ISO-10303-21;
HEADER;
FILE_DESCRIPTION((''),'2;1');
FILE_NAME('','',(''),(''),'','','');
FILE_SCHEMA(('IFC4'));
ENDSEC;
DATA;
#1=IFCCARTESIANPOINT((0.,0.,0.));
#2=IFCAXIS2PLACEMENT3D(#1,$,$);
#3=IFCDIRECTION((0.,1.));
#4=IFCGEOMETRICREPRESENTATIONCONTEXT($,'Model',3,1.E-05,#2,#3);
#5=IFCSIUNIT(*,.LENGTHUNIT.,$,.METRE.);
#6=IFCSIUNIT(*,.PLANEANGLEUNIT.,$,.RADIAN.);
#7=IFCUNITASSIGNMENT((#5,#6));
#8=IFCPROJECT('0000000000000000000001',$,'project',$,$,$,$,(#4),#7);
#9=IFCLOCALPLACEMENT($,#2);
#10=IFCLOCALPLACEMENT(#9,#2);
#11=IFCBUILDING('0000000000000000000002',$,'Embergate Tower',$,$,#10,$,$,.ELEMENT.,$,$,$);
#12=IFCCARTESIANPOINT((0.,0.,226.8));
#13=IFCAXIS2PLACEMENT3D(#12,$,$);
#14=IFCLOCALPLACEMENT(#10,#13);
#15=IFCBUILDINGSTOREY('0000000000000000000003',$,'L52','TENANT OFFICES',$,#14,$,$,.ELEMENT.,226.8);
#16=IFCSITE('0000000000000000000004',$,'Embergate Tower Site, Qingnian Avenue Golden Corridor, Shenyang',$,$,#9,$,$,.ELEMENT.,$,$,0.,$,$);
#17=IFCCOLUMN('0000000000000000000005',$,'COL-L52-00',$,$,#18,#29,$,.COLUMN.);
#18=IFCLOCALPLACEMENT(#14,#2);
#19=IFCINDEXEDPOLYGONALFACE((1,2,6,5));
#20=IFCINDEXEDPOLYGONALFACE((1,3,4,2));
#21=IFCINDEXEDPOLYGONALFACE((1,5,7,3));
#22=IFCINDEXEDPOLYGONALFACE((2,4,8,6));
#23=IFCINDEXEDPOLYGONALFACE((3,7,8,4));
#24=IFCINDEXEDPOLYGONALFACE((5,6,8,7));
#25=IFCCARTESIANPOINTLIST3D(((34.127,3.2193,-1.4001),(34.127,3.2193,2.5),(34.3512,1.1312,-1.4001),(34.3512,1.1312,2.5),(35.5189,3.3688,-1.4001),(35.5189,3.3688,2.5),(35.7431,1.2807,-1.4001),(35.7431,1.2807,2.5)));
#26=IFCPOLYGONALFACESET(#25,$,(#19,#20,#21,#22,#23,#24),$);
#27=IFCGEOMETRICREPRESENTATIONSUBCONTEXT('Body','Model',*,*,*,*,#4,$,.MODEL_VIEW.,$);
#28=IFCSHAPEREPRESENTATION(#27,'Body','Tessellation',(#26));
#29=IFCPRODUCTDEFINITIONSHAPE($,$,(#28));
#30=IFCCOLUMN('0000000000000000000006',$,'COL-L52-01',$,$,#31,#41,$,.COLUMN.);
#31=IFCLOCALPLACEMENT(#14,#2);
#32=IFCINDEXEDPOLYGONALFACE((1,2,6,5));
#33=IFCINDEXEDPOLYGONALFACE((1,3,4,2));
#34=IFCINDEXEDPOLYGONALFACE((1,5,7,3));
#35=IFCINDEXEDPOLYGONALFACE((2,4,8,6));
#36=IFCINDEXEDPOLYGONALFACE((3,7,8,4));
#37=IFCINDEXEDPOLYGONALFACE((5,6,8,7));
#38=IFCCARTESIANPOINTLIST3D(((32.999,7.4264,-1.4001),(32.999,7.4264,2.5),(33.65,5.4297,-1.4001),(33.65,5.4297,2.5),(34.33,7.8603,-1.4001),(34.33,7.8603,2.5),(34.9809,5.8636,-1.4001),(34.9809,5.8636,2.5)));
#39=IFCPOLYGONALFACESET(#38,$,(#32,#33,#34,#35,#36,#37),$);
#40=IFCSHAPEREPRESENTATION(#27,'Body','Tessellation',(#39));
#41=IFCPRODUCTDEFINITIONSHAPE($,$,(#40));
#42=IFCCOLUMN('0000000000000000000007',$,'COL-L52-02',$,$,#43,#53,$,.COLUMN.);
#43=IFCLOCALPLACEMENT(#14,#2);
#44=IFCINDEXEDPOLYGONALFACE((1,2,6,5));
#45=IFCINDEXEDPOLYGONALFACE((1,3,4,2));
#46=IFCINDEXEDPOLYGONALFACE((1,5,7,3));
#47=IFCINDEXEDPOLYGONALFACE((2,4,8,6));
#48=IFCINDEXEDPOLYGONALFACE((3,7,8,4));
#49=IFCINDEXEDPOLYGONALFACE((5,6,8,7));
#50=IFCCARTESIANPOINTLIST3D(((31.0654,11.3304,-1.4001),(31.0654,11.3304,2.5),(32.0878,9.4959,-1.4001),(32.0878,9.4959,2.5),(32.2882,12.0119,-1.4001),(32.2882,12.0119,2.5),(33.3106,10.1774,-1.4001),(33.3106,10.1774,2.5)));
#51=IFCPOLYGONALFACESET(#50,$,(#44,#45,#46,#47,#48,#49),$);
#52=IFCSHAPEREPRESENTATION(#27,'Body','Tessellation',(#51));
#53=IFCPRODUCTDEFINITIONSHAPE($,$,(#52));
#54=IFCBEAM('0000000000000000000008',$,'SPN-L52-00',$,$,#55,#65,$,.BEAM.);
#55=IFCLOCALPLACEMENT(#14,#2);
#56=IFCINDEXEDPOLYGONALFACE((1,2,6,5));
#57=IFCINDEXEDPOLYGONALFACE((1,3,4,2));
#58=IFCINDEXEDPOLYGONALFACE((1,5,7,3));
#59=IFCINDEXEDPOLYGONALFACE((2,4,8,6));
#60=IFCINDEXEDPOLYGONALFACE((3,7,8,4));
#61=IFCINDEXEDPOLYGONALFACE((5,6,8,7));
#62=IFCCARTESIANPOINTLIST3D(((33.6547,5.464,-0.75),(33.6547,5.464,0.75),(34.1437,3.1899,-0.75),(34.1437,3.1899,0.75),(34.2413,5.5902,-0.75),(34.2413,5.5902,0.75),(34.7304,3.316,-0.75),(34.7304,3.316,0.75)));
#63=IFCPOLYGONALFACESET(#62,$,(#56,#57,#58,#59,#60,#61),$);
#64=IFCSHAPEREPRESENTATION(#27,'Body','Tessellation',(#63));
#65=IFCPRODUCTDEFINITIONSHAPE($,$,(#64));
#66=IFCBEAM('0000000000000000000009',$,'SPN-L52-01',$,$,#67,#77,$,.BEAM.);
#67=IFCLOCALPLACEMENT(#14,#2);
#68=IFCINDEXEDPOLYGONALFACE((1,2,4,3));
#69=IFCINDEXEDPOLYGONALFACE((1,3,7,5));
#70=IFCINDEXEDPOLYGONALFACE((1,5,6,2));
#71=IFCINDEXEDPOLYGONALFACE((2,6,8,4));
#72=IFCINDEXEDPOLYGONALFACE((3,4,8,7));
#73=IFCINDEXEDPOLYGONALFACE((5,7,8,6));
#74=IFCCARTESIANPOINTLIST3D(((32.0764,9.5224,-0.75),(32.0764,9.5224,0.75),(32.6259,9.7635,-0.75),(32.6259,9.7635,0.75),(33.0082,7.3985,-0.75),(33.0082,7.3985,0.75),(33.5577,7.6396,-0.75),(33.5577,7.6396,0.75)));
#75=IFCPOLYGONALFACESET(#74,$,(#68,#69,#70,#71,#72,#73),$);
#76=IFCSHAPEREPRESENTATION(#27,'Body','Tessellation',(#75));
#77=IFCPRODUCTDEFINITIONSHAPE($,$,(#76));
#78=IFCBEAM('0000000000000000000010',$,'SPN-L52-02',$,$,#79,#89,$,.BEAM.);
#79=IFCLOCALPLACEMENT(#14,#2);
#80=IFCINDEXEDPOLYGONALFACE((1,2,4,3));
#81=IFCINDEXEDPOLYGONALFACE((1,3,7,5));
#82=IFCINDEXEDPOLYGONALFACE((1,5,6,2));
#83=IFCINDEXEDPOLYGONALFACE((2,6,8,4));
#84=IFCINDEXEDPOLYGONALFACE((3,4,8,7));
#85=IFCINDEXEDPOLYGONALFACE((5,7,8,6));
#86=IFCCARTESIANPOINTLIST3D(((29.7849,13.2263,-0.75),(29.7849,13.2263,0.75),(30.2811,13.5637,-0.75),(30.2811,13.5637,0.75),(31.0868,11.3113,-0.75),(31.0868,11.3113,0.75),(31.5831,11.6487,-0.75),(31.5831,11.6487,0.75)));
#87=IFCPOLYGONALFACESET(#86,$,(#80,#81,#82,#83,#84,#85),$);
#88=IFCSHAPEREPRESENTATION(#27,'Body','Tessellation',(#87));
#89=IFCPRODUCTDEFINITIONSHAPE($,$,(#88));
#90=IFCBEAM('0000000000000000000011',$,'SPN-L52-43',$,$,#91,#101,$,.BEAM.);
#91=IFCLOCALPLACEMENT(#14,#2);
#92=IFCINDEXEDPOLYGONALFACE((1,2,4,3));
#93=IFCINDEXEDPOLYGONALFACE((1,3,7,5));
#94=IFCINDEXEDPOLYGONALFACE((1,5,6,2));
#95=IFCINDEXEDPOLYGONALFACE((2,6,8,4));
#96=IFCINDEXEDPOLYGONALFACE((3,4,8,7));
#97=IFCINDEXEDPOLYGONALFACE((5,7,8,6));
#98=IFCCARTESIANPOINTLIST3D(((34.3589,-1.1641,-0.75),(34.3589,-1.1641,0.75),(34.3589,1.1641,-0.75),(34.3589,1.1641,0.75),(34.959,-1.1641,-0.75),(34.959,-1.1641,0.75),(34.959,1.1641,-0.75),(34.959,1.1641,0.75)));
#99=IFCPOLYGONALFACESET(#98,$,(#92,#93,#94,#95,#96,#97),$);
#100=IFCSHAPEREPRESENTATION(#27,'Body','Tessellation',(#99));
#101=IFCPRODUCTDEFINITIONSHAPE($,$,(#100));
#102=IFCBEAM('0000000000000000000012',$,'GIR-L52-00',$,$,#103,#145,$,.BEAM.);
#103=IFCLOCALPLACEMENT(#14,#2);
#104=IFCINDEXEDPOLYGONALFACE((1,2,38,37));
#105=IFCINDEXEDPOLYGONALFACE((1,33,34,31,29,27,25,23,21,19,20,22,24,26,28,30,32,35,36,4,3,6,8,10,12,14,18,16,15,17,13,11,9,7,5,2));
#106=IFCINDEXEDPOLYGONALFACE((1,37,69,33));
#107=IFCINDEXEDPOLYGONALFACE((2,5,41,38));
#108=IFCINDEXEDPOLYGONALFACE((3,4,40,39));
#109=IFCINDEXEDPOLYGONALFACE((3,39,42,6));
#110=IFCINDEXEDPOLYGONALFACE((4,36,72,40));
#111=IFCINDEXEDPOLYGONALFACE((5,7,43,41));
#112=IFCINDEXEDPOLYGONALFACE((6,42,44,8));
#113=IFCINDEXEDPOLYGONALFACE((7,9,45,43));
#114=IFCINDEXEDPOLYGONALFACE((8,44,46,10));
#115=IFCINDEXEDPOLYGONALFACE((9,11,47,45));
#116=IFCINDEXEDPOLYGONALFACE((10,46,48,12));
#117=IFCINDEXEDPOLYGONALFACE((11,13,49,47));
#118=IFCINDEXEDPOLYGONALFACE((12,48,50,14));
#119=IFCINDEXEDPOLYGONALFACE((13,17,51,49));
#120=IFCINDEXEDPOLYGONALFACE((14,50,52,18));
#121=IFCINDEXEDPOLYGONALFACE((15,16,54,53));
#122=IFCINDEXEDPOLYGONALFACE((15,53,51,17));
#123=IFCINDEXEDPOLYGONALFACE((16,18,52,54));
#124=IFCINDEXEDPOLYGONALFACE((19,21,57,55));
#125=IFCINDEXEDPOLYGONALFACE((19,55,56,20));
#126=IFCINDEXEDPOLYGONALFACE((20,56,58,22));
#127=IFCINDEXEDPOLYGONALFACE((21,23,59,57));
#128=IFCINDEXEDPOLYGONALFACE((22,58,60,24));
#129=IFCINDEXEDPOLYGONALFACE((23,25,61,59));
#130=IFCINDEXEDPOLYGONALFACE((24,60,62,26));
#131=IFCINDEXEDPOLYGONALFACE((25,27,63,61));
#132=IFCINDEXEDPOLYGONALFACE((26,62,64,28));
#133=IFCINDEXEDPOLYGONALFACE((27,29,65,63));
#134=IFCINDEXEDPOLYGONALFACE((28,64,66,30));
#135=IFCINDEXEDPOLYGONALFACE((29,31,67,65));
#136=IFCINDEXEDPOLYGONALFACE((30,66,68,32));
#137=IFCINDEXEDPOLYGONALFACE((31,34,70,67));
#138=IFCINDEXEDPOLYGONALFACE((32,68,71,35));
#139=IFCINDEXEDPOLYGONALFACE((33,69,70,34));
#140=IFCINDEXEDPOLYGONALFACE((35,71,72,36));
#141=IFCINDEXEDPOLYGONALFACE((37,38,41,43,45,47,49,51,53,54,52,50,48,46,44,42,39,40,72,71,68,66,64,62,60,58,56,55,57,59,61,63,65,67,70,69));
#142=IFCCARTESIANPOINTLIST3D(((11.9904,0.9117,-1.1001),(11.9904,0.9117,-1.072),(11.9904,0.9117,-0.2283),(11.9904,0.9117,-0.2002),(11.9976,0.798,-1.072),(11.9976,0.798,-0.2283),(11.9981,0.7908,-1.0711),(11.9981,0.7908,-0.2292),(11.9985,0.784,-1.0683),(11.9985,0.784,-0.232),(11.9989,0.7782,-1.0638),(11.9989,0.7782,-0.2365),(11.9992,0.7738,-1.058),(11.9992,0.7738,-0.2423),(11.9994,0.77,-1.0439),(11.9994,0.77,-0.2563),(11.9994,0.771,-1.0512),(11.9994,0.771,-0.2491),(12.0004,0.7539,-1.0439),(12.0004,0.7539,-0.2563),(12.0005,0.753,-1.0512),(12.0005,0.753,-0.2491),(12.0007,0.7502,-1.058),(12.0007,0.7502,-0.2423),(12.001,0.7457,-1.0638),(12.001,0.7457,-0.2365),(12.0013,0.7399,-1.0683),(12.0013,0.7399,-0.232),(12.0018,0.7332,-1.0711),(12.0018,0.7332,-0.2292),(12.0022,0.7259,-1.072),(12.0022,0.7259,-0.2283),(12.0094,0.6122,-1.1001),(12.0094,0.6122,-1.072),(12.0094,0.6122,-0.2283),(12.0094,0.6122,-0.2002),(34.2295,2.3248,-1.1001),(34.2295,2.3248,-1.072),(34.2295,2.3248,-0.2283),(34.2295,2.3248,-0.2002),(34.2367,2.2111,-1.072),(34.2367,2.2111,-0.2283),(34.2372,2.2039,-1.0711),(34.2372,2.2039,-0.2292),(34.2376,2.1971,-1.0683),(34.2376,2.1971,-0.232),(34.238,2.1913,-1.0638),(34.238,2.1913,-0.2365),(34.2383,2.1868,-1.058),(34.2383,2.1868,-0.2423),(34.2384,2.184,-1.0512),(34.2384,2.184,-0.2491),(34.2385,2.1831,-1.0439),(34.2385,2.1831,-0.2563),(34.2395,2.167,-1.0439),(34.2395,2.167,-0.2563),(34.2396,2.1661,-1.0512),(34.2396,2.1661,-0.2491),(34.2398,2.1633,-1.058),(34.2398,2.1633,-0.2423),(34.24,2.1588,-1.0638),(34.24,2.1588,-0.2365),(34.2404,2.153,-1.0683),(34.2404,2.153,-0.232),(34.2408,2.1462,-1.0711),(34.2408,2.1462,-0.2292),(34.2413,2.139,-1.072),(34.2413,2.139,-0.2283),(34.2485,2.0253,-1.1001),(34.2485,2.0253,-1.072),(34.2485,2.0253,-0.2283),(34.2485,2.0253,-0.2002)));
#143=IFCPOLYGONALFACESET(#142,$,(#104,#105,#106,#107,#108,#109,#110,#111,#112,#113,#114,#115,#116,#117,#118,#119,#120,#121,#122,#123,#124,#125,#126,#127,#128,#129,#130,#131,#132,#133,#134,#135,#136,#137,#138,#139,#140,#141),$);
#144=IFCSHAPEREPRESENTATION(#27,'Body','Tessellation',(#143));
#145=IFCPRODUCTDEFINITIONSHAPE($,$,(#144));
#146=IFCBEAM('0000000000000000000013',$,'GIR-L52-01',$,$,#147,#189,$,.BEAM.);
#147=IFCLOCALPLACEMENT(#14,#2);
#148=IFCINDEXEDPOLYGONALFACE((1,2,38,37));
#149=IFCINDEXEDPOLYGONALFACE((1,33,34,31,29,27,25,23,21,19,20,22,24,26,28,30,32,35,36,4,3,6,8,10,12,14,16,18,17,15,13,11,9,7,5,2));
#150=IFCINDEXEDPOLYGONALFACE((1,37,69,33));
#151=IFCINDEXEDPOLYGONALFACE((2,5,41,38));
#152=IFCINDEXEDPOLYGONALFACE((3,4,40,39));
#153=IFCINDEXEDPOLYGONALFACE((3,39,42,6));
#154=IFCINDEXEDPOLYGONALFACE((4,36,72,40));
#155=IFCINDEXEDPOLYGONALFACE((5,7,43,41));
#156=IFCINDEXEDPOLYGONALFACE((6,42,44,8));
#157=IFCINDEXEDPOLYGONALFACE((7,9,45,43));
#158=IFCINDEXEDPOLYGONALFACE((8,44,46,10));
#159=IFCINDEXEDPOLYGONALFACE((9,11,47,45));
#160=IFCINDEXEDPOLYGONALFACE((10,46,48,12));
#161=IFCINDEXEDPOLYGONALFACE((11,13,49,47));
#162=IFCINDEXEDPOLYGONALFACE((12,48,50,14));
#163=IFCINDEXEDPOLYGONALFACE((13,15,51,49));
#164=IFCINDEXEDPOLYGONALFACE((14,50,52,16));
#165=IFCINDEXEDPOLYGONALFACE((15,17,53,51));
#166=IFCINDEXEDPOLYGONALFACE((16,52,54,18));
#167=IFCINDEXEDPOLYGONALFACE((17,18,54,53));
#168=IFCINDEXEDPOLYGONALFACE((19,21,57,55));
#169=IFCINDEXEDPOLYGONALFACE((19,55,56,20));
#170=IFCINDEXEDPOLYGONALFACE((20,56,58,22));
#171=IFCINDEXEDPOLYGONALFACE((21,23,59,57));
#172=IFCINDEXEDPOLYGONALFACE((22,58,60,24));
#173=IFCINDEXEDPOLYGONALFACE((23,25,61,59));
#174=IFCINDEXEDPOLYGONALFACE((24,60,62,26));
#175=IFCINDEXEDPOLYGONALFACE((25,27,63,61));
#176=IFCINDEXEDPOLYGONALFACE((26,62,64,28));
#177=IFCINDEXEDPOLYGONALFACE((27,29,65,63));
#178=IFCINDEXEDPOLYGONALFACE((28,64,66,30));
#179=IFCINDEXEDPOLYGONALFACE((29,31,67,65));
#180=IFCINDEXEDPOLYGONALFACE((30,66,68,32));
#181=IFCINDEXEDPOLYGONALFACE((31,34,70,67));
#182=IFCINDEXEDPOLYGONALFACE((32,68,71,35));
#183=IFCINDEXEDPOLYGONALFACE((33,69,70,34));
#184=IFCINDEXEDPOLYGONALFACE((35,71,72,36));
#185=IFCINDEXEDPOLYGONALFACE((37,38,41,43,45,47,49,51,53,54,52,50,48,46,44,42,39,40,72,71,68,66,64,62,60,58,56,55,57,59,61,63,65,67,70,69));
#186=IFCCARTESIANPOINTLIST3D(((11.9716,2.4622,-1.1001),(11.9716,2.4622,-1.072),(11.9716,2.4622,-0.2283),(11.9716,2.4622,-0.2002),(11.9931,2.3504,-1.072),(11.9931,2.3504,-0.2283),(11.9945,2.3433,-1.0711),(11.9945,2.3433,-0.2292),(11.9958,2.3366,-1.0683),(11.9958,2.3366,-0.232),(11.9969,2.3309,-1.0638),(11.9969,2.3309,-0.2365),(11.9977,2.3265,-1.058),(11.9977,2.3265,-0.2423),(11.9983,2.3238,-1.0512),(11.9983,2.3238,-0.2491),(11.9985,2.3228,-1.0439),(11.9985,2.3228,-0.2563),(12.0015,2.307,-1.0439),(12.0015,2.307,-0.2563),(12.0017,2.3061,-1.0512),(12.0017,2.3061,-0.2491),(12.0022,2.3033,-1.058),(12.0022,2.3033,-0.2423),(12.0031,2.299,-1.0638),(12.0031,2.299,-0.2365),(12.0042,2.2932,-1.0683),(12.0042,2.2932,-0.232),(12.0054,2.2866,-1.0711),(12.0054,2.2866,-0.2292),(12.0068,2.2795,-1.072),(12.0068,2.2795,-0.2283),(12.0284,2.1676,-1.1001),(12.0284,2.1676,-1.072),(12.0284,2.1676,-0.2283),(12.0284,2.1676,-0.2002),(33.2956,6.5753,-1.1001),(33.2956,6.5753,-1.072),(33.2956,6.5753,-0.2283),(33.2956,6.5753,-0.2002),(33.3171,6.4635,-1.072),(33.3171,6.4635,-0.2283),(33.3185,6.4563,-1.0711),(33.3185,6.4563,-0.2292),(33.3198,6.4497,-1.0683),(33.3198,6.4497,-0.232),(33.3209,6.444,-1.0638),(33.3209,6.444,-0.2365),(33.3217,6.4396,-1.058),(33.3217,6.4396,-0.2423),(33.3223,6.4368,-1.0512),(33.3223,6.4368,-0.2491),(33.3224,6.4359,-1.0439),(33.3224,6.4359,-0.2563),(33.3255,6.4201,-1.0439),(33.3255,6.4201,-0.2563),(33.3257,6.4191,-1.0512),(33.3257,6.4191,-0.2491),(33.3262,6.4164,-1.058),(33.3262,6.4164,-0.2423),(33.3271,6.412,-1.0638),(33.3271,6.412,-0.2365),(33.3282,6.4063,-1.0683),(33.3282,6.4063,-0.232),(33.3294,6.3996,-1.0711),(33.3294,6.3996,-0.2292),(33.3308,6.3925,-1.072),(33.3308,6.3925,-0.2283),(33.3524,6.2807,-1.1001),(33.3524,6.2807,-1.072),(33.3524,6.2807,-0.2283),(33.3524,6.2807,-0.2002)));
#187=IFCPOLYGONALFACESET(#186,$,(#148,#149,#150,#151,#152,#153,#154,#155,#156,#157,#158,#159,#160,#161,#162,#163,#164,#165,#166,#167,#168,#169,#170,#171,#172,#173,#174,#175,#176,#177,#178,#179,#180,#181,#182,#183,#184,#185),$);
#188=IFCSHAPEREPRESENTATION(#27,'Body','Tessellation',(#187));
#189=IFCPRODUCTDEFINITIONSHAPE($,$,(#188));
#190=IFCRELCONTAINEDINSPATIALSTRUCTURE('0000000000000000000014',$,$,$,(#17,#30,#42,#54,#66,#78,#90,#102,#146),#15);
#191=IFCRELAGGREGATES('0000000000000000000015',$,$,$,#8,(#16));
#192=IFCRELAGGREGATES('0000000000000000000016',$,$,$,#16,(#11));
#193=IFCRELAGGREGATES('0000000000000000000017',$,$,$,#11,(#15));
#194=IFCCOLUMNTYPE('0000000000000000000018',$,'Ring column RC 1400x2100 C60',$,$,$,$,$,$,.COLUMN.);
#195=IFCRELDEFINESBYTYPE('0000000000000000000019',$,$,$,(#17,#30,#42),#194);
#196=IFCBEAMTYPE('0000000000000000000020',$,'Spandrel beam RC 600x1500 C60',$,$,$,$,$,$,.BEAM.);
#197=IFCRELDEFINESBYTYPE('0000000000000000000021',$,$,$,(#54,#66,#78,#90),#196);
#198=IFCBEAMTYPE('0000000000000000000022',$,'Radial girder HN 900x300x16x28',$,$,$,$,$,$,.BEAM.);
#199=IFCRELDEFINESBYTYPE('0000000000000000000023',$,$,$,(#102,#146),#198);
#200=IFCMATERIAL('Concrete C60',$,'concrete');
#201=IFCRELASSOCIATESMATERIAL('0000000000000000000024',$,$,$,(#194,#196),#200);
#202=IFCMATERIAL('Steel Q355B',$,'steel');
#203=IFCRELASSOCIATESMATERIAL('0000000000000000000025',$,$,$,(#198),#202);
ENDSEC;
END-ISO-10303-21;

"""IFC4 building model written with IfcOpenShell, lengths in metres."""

from ifc_helpers import new_model, si_unit, direction, frame, origin, origin_2d, place, context, subcontext, project, spatial, rectangle, i_section, extrude, source, transform, mapped, material, material_profile, profile_set, type_object, element, save


model = new_model("IFC4")

# Units and contexts
model_context = context("Model", 3, precision=1e-05, world=origin(), true_north=direction((0.0, 1.0)))
body_context = subcontext(model_context, "Body", "Model", "MODEL_VIEW")
ifc_project = project(units=[si_unit("LENGTHUNIT", "METRE"), si_unit("PLANEANGLEUNIT", "RADIAN")], contexts=[model_context])

# Site, building, storey
site_placement = place(None, origin())
site = spatial("IfcSite", under=ifc_project, at=site_placement, Name="Embergate Tower Site, Qingnian Avenue Golden Corridor, Shenyang", CompositionType="ELEMENT", RefElevation=0.0)
building_placement = place(site_placement, origin())
building = spatial("IfcBuilding", under=site, at=building_placement, Name="Embergate Tower", CompositionType="ELEMENT")
storey_placement = place(building_placement, frame((0.0, 0.0, 226.8)))
storey = spatial("IfcBuildingStorey", under=building, at=storey_placement, Name="L52", Description="TENANT OFFICES", CompositionType="ELEMENT", Elevation=226.8)

# Columns
ifc_material_1 = material(Name="Concrete C60", Category="concrete")
ifc_material_profile_1 = material_profile(ifc_material_1, rectangle(XDim=1.3999, YDim=2.1001, at=origin_2d()), Name="RC 1400x2100")
ifc_profile_set_1 = profile_set([ifc_material_profile_1], Name="Concrete C60")
column_type = type_object("IfcColumnType", Name="Ring column RC 1400x2100 C60", PredefinedType="COLUMN", material=ifc_profile_set_1)
shared_shape_1 = source(origin(), body_context, "Body", "SweptSolid", [
    extrude(rectangle(XDim=1.3999, YDim=2.1001, at=origin_2d()), origin(), (0.0, 0.0, 1.0), 3.9001),
])
for number, where, z_axis, x_axis, name in (
    (1, (34.9351, 2.25, -1.4001), (0.0, 0.0, 1.0), (0.994286, 0.10675, 0.0), "COL-L52-00"),
    (2, (33.99, 6.645, -1.4001), (0.0, 0.0, 1.0), (0.950754, 0.309946, 0.0), "COL-L52-01"),
    (3, (32.188, 10.7539, -1.4001), (0.0, 0.0, 1.0), (0.8735, 0.486823, 0.0), "COL-L52-02"),
):
    element("IfcColumn", number, at=place(storey_placement, frame(where, z_axis=z_axis, x_axis=x_axis)), inside=storey, type_object=column_type, Name=name, PredefinedType="COLUMN", context=body_context, shape_type="MappedRepresentation", body=[
        mapped(shared_shape_1, transform((0.0, 0.0, 0.0))),
    ])

# Beams
ifc_material_profile_2 = material_profile(ifc_material_1, rectangle(XDim=0.6001, YDim=1.5, at=origin_2d()), Name="RC 600x1500")
ifc_profile_set_2 = profile_set([ifc_material_profile_2], Name="Concrete C60")
beam_type_1 = type_object("IfcBeamType", Name="Spandrel beam RC 600x1500 C60", PredefinedType="BEAM", material=ifc_profile_set_2)
shared_shape_2 = source(origin(), body_context, "Body", "SweptSolid", [
    extrude(rectangle(XDim=0.6001, YDim=1.5, at=origin_2d()), origin(), (0.0, 0.0, 1.0), 2.3262),
])
beam_1_placement = place(storey_placement, frame((34.437, 3.2529, 0.0), z_axis=(-0.210224, 0.977653, 0.0), x_axis=(-0.977653, -0.210224, 0.0)))
element("IfcBeam", 4, at=beam_1_placement, inside=storey, type_object=beam_type_1, Name="SPN-L52-00", PredefinedType="BEAM", context=body_context, shape_type="MappedRepresentation", body=[
    mapped(shared_shape_2, transform((0.0, 0.0, 0.0))),
])
shared_shape_3 = source(origin(), body_context, "Body", "SweptSolid", [
    extrude(rectangle(XDim=0.6001, YDim=1.5, at=origin_2d()), origin(), (0.0, 0.0, 1.0), 2.3193),
])
beam_2_placement = place(storey_placement, frame((33.283, 7.519, 0.0), z_axis=(-0.401768, 0.915741, 0.0), x_axis=(-0.915741, -0.401768, 0.0)))
element("IfcBeam", 5, at=beam_2_placement, inside=storey, type_object=beam_type_1, Name="SPN-L52-01", PredefinedType="BEAM", context=body_context, shape_type="MappedRepresentation", body=[
    mapped(shared_shape_3, transform((0.0, 0.0, 0.0))),
])
shared_shape_4 = source(origin(), body_context, "Body", "SweptSolid", [
    extrude(rectangle(XDim=0.6001, YDim=1.5, at=origin_2d()), origin(), (0.0, 0.0, 1.0), 2.3157),
])
beam_3_placement = place(storey_placement, frame((31.335, 11.48, 0.0), z_axis=(-0.562244, 0.826972, 0.0), x_axis=(-0.826972, -0.562244, 0.0)))
element("IfcBeam", 6, at=beam_3_placement, inside=storey, type_object=beam_type_1, Name="SPN-L52-02", PredefinedType="BEAM", context=body_context, shape_type="MappedRepresentation", body=[
    mapped(shared_shape_4, transform((0.0, 0.0, 0.0))),
])
shared_shape_5 = source(origin(), body_context, "Body", "SweptSolid", [
    extrude(rectangle(XDim=0.6001, YDim=1.5, at=origin_2d()), origin(), (0.0, 0.0, 1.0), 2.3281),
])
beam_4_placement = place(storey_placement, frame((34.6589, -1.1641, 0.0), z_axis=(0.0, 1.0, 0.0), x_axis=(-1.0, 0.0, 0.0)))
element("IfcBeam", 7, at=beam_4_placement, inside=storey, type_object=beam_type_1, Name="SPN-L52-43", PredefinedType="BEAM", context=body_context, shape_type="MappedRepresentation", body=[
    mapped(shared_shape_5, transform((0.0, 0.0, 0.0))),
])
ifc_material_2 = material(Name="Steel Q355B", Category="steel")
ifc_material_profile_3 = material_profile(ifc_material_2, i_section(OverallWidth=0.3, OverallDepth=0.8999, WebThickness=0.0161, FlangeThickness=0.0281, FilletRadius=0.0281, at=origin_2d()), Name="HN 900x300x16x28")
ifc_profile_set_3 = profile_set([ifc_material_profile_3], Name="Steel Q355 grade B")
beam_type_2 = type_object("IfcBeamType", Name="Radial girder HN 900x300x16x28", PredefinedType="BEAM", material=ifc_profile_set_3)
shared_shape_6 = source(origin(), body_context, "Body", "SweptSolid", [
    extrude(i_section(OverallWidth=0.3, OverallDepth=0.8999, WebThickness=0.0161, FlangeThickness=0.0281, FilletRadius=0.0281, at=origin_2d()), origin(), (0.0, 0.0, 1.0), 22.2839),
])
beam_5_placement = place(storey_placement, frame((34.239, 2.175, -0.6501), z_axis=(-0.997987, -0.063413, 0.0), x_axis=(0.063413, -0.997987, 0.0)))
element("IfcBeam", 8, at=beam_5_placement, inside=storey, type_object=beam_type_2, Name="GIR-L52-00", PredefinedType="BEAM", context=body_context, shape_type="MappedRepresentation", body=[
    mapped(shared_shape_6, transform((0.0, 0.0, 0.0))),
])
shared_shape_7 = source(origin(), body_context, "Body", "SweptSolid", [
    extrude(i_section(OverallWidth=0.3, OverallDepth=0.8999, WebThickness=0.0161, FlangeThickness=0.0281, FilletRadius=0.0281, at=origin_2d()), origin(), (0.0, 0.0, 1.0), 21.717),
])
beam_6_placement = place(storey_placement, frame((33.324, 6.428, -0.6501), z_axis=(-0.981901, -0.189392, 0.0), x_axis=(0.189392, -0.981901, 0.0)))
element("IfcBeam", 9, at=beam_6_placement, inside=storey, type_object=beam_type_2, Name="GIR-L52-01", PredefinedType="BEAM", context=body_context, shape_type="MappedRepresentation", body=[
    mapped(shared_shape_7, transform((0.0, 0.0, 0.0))),
])

save(model, "model.ifc")
